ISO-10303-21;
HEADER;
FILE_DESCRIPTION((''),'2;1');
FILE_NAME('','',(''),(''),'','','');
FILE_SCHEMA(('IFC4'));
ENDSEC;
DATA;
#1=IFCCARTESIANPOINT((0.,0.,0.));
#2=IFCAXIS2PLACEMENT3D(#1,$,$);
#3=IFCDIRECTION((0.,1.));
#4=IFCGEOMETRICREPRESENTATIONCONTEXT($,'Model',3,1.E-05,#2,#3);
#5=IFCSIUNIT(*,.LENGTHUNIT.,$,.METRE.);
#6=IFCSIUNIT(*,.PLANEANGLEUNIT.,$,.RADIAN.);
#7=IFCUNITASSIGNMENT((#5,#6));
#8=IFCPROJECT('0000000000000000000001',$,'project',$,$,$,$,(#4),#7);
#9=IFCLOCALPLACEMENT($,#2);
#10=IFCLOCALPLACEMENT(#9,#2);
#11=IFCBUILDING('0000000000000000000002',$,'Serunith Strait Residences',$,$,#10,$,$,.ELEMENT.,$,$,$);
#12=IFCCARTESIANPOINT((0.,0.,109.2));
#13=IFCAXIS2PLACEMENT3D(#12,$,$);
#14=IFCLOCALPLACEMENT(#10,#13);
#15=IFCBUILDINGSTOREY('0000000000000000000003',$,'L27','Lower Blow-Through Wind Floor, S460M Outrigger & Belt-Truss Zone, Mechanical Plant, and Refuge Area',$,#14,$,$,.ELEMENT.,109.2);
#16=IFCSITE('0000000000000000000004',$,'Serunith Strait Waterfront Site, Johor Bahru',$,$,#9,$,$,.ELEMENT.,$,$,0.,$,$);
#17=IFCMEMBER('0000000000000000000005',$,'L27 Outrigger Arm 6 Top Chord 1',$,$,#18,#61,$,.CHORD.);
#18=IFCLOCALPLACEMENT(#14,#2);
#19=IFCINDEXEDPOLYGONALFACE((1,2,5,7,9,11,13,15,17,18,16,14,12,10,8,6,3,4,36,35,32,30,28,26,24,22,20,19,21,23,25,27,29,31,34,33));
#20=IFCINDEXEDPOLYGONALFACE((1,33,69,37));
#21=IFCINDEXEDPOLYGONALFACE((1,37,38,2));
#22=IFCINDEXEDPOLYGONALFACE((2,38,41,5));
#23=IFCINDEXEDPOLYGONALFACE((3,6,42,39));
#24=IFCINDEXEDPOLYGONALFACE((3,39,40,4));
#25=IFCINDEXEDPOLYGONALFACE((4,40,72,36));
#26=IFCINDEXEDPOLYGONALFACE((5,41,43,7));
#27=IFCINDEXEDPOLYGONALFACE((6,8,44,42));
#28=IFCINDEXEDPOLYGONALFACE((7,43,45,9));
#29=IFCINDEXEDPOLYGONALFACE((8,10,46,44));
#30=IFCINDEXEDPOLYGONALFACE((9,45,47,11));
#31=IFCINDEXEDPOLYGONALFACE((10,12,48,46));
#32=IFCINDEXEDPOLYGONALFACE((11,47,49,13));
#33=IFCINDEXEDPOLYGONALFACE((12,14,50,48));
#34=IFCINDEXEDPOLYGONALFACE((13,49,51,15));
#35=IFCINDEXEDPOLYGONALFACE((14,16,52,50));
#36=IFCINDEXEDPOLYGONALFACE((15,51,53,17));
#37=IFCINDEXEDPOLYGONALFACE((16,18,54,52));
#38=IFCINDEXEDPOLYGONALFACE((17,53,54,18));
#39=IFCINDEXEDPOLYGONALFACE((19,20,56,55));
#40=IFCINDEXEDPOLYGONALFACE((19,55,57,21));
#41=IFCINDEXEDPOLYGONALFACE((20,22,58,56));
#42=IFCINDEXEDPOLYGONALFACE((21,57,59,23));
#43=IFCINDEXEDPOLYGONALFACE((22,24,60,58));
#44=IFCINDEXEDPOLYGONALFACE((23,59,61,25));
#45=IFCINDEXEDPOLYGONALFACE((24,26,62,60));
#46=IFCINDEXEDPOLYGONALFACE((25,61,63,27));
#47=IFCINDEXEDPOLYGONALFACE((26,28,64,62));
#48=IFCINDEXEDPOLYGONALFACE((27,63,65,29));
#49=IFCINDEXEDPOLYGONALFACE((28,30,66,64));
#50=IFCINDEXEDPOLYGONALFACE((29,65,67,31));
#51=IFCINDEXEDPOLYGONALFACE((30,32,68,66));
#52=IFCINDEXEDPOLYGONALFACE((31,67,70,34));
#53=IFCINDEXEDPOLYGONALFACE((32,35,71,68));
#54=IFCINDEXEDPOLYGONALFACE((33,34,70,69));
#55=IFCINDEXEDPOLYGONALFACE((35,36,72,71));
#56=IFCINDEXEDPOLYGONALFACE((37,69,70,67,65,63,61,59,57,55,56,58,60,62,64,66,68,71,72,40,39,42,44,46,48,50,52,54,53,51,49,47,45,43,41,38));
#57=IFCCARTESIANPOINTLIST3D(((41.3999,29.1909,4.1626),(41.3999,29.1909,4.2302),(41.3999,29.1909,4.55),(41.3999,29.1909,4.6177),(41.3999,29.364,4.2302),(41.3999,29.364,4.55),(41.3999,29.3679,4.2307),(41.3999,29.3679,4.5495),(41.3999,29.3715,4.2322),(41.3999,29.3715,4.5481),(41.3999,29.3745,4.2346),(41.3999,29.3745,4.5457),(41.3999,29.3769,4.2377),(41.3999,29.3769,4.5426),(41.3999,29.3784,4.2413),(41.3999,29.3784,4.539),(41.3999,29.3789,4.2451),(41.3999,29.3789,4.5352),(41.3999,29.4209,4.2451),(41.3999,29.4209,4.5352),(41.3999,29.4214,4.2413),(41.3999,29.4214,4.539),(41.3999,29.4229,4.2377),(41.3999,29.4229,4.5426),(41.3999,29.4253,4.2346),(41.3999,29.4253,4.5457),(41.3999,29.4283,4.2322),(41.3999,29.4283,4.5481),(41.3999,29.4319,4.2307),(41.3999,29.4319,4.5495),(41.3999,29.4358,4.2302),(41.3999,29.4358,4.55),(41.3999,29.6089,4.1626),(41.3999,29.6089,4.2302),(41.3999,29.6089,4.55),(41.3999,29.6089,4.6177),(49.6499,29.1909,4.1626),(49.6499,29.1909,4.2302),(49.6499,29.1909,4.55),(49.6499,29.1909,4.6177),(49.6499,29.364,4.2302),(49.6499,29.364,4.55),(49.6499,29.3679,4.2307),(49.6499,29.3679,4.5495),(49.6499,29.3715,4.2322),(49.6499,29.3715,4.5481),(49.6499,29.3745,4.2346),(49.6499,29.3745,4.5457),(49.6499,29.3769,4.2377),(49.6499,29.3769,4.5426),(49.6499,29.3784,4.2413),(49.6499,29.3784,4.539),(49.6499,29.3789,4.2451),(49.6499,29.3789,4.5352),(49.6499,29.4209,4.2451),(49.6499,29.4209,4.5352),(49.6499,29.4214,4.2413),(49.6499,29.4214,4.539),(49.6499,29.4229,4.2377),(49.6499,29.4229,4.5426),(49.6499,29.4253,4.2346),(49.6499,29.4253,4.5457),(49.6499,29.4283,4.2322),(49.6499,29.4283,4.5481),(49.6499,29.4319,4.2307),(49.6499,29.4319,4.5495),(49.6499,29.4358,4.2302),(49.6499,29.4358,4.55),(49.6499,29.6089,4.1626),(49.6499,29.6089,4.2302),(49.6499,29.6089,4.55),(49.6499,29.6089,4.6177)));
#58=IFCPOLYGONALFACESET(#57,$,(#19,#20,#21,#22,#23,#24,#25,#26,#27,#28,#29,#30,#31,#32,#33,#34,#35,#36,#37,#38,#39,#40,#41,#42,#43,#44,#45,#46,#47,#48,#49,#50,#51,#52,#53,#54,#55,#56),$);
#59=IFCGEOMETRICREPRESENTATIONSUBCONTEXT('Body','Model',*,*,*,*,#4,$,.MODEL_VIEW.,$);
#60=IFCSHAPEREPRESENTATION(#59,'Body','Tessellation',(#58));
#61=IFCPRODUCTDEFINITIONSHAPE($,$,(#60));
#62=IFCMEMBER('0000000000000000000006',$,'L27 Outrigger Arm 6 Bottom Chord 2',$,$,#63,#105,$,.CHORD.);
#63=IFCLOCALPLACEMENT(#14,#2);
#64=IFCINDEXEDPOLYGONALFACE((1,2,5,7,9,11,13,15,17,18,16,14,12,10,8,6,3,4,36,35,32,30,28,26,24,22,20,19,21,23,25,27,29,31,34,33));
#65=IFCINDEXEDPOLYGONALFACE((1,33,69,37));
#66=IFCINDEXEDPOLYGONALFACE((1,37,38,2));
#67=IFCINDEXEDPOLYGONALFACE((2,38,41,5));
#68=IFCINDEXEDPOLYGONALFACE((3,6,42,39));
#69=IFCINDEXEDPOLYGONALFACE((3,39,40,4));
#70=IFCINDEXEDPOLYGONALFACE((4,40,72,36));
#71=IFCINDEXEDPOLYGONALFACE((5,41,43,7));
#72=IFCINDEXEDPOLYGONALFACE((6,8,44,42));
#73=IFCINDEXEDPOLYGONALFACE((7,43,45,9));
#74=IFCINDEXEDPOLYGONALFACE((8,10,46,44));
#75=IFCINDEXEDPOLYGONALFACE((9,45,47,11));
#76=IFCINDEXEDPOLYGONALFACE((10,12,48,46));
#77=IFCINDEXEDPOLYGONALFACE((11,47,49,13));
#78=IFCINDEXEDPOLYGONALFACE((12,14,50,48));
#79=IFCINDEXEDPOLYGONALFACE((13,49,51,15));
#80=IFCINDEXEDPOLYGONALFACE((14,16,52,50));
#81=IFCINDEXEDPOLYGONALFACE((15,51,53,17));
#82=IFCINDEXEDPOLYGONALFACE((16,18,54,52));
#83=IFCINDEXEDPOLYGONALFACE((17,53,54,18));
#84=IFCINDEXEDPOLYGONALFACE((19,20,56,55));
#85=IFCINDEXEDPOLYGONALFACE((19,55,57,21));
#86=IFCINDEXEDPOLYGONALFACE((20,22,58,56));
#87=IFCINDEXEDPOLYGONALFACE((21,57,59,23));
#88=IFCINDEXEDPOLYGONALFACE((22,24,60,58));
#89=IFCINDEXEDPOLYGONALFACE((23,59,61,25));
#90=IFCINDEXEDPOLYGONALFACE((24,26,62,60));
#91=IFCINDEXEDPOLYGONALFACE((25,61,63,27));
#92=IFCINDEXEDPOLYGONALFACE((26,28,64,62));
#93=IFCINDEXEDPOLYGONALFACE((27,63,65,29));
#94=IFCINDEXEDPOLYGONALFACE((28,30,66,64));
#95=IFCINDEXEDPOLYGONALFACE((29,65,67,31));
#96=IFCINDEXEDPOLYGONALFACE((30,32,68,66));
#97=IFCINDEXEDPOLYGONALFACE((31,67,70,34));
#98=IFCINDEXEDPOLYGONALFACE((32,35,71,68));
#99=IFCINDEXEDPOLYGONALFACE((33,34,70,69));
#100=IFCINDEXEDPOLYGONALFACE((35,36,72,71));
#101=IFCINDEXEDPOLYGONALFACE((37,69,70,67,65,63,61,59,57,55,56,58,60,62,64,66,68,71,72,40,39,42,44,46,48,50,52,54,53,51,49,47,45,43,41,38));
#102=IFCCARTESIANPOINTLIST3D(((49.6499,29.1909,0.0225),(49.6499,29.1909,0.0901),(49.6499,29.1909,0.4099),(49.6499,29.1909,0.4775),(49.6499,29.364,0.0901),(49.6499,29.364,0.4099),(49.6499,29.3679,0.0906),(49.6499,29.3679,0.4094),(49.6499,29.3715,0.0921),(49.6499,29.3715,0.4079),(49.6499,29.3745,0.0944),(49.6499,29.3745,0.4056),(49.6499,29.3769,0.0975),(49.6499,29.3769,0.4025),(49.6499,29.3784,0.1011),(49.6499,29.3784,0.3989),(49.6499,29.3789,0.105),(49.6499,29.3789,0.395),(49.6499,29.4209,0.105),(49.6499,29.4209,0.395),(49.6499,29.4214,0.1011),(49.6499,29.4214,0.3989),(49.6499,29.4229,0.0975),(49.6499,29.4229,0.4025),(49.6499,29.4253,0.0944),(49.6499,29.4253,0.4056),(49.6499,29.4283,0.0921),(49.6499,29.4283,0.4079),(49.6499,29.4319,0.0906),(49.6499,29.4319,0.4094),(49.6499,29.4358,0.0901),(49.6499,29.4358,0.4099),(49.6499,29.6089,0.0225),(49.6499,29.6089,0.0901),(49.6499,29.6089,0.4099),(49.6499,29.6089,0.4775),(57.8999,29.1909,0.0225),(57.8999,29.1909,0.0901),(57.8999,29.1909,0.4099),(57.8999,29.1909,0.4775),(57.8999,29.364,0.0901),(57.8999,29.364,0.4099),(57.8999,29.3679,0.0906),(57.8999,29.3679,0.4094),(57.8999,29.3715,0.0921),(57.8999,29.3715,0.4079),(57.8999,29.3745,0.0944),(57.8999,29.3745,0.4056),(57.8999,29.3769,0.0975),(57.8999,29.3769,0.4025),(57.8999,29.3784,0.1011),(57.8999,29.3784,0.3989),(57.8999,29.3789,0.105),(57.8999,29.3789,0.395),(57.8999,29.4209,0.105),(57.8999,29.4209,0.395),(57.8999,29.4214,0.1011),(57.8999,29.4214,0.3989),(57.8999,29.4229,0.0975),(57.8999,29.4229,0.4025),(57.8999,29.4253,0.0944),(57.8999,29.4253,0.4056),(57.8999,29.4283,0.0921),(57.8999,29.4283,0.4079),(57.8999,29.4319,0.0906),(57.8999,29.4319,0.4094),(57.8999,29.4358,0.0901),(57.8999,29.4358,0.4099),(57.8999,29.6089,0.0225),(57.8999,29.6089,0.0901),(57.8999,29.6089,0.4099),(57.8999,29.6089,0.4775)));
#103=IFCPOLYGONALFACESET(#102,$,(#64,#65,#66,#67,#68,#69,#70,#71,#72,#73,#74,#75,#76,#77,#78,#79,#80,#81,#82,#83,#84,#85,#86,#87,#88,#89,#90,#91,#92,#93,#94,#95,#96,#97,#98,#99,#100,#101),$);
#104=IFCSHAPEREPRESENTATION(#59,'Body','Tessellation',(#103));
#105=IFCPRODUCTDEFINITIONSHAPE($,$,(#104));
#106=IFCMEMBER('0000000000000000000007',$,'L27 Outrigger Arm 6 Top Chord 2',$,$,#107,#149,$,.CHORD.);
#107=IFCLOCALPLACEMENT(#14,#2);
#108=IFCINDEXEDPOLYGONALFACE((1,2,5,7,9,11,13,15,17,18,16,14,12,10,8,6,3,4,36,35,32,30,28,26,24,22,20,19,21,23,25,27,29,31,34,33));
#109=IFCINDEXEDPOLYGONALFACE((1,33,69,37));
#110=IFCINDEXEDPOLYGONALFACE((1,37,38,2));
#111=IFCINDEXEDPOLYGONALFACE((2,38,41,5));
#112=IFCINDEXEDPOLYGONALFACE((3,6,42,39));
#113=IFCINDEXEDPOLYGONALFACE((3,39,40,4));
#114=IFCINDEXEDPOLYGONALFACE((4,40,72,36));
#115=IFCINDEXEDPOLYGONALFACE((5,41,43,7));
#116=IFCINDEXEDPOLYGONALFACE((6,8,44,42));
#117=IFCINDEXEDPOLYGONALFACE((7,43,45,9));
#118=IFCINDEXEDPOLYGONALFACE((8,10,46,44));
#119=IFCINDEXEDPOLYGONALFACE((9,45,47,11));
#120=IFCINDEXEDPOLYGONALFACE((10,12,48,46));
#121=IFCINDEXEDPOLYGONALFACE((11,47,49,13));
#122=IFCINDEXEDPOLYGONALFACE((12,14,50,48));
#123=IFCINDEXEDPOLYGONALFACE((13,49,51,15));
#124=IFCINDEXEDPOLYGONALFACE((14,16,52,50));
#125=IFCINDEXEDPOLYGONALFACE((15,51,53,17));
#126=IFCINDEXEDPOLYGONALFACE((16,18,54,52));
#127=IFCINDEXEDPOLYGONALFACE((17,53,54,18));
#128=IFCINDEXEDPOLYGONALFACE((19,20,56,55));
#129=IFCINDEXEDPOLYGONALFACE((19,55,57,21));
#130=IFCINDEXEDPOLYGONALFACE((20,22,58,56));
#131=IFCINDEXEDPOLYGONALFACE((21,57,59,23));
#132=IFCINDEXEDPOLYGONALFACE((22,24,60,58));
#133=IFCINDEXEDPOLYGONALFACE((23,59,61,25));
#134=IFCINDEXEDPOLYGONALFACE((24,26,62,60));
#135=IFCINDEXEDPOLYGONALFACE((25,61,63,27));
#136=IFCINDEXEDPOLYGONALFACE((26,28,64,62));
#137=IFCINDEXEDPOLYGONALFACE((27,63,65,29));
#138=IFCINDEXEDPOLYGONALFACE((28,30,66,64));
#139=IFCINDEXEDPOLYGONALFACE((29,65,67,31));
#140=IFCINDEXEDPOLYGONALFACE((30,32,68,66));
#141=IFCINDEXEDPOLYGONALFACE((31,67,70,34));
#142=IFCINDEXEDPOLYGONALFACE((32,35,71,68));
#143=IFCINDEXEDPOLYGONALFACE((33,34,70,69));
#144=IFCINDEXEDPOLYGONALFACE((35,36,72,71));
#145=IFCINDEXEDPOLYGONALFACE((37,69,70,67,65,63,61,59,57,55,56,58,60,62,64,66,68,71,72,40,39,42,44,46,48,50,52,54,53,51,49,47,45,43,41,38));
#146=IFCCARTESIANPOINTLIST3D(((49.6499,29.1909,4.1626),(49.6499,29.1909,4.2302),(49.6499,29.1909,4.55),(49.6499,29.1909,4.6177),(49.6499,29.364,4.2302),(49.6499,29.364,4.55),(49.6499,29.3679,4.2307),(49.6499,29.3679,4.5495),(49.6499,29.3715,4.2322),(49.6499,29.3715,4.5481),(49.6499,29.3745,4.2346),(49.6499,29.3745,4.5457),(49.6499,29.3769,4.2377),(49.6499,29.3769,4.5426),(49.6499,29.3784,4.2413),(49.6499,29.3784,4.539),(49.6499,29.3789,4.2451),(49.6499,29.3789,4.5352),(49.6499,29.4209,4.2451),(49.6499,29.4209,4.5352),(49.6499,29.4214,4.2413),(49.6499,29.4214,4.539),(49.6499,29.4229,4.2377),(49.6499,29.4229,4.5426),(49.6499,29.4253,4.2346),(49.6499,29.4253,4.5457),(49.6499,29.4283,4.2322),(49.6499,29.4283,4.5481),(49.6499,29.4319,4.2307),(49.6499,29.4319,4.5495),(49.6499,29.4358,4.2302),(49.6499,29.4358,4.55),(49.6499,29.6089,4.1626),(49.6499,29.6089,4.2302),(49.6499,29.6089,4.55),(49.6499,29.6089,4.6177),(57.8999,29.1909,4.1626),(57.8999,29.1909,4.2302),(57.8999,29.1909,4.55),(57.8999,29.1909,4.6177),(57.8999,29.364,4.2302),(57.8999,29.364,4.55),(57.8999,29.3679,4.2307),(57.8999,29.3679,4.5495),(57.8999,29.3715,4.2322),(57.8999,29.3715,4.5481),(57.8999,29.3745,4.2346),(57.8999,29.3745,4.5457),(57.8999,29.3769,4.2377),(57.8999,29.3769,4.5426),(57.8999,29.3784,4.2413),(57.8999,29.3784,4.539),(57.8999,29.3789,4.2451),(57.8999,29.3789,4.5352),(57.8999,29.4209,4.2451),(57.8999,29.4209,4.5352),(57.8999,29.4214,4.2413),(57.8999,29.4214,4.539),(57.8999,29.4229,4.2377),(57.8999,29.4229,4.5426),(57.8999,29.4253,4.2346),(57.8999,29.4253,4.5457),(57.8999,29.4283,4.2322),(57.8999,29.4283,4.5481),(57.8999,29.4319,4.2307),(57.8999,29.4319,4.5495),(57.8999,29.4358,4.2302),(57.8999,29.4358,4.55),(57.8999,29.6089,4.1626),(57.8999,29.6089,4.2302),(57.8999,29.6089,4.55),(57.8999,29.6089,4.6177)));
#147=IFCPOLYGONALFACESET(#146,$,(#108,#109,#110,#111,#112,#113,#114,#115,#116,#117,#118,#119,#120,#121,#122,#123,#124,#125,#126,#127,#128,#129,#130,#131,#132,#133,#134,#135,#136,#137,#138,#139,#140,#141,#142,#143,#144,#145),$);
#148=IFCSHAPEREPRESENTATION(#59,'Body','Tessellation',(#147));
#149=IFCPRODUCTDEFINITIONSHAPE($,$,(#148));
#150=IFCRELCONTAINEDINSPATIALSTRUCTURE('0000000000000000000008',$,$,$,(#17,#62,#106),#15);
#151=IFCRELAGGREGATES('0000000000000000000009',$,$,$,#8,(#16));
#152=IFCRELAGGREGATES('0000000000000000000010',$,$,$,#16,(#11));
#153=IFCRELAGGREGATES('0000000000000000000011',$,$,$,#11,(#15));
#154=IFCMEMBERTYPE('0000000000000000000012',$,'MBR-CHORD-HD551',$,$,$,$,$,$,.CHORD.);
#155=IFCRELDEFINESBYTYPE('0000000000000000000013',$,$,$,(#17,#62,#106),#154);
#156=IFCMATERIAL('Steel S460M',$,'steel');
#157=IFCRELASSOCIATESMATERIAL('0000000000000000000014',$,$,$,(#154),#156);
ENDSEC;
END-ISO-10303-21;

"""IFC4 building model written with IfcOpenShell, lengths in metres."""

from ifc_helpers import new_model, si_unit, direction, frame, origin, origin_2d, place, context, subcontext, project, spatial, i_section, extrude, source, transform, mapped, material, material_profile, profile_set, type_object, element, save


model = new_model("IFC4")

# Units and contexts
model_context = context("Model", 3, precision=1e-05, world=origin(), true_north=direction((0.0, 1.0)))
body_context = subcontext(model_context, "Body", "Model", "MODEL_VIEW")
ifc_project = project(units=[si_unit("LENGTHUNIT", "METRE"), si_unit("PLANEANGLEUNIT", "RADIAN")], contexts=[model_context])

# Site, building, storey
site_placement = place(None, origin())
site = spatial("IfcSite", under=ifc_project, at=site_placement, Name="Serunith Strait Waterfront Site, Johor Bahru", CompositionType="ELEMENT", RefElevation=0.0)
building_placement = place(site_placement, origin())
building = spatial("IfcBuilding", under=site, at=building_placement, Name="Serunith Strait Residences", CompositionType="ELEMENT")
storey_placement = place(building_placement, frame((0.0, 0.0, 109.2)))
storey = spatial("IfcBuildingStorey", under=building, at=storey_placement, Name="L27", Description="Lower Blow-Through Wind Floor, S460M Outrigger & Belt-Truss Zone, Mechanical Plant, and Refuge Area", CompositionType="ELEMENT", Elevation=109.2)

# Members
ifc_material_1 = material(Name="Steel S460M", Category="steel")
ifc_material_profile_1 = material_profile(ifc_material_1, i_section(OverallWidth=0.418, OverallDepth=0.4551, WebThickness=0.042, FlangeThickness=0.0676, FilletRadius=0.0149, at=origin_2d()), Name="HD 400x551")
ifc_profile_set_1 = profile_set([ifc_material_profile_1], Name="Steel S460M")
member_type_1 = type_object("IfcMemberType", Name="MBR-CHORD-HD551", PredefinedType="CHORD", material=ifc_profile_set_1)
shared_shape_1 = source(origin(), body_context, "Body", "SweptSolid", [
    extrude(i_section(OverallWidth=0.418, OverallDepth=0.4551, WebThickness=0.042, FlangeThickness=0.0676, FilletRadius=0.0149, at=origin_2d()), origin(), (0.0, 0.0, 1.0), 8.25),
])
for number, where, z_axis, x_axis, name in (
    (1, (41.3999, 29.3999, 4.3901), (1.0, 0.0, 0.0), (0.0, 1.0, 0.0), "L27 Outrigger Arm 6 Top Chord 1"),
    (2, (49.6499, 29.3999, 0.25), (1.0, 0.0, 0.0), (0.0, 1.0, 0.0), "L27 Outrigger Arm 6 Bottom Chord 2"),
    (3, (49.6499, 29.3999, 4.3901), (1.0, 0.0, 0.0), (0.0, 1.0, 0.0), "L27 Outrigger Arm 6 Top Chord 2"),
):
    element("IfcMember", number, at=place(storey_placement, frame(where, z_axis=z_axis, x_axis=x_axis)), inside=storey, type_object=member_type_1, Name=name, PredefinedType="CHORD", context=body_context, shape_type="MappedRepresentation", body=[
        mapped(shared_shape_1, transform((0.0, 0.0, 0.0), scale=1.0)),
    ])

save(model, "model.ifc")
